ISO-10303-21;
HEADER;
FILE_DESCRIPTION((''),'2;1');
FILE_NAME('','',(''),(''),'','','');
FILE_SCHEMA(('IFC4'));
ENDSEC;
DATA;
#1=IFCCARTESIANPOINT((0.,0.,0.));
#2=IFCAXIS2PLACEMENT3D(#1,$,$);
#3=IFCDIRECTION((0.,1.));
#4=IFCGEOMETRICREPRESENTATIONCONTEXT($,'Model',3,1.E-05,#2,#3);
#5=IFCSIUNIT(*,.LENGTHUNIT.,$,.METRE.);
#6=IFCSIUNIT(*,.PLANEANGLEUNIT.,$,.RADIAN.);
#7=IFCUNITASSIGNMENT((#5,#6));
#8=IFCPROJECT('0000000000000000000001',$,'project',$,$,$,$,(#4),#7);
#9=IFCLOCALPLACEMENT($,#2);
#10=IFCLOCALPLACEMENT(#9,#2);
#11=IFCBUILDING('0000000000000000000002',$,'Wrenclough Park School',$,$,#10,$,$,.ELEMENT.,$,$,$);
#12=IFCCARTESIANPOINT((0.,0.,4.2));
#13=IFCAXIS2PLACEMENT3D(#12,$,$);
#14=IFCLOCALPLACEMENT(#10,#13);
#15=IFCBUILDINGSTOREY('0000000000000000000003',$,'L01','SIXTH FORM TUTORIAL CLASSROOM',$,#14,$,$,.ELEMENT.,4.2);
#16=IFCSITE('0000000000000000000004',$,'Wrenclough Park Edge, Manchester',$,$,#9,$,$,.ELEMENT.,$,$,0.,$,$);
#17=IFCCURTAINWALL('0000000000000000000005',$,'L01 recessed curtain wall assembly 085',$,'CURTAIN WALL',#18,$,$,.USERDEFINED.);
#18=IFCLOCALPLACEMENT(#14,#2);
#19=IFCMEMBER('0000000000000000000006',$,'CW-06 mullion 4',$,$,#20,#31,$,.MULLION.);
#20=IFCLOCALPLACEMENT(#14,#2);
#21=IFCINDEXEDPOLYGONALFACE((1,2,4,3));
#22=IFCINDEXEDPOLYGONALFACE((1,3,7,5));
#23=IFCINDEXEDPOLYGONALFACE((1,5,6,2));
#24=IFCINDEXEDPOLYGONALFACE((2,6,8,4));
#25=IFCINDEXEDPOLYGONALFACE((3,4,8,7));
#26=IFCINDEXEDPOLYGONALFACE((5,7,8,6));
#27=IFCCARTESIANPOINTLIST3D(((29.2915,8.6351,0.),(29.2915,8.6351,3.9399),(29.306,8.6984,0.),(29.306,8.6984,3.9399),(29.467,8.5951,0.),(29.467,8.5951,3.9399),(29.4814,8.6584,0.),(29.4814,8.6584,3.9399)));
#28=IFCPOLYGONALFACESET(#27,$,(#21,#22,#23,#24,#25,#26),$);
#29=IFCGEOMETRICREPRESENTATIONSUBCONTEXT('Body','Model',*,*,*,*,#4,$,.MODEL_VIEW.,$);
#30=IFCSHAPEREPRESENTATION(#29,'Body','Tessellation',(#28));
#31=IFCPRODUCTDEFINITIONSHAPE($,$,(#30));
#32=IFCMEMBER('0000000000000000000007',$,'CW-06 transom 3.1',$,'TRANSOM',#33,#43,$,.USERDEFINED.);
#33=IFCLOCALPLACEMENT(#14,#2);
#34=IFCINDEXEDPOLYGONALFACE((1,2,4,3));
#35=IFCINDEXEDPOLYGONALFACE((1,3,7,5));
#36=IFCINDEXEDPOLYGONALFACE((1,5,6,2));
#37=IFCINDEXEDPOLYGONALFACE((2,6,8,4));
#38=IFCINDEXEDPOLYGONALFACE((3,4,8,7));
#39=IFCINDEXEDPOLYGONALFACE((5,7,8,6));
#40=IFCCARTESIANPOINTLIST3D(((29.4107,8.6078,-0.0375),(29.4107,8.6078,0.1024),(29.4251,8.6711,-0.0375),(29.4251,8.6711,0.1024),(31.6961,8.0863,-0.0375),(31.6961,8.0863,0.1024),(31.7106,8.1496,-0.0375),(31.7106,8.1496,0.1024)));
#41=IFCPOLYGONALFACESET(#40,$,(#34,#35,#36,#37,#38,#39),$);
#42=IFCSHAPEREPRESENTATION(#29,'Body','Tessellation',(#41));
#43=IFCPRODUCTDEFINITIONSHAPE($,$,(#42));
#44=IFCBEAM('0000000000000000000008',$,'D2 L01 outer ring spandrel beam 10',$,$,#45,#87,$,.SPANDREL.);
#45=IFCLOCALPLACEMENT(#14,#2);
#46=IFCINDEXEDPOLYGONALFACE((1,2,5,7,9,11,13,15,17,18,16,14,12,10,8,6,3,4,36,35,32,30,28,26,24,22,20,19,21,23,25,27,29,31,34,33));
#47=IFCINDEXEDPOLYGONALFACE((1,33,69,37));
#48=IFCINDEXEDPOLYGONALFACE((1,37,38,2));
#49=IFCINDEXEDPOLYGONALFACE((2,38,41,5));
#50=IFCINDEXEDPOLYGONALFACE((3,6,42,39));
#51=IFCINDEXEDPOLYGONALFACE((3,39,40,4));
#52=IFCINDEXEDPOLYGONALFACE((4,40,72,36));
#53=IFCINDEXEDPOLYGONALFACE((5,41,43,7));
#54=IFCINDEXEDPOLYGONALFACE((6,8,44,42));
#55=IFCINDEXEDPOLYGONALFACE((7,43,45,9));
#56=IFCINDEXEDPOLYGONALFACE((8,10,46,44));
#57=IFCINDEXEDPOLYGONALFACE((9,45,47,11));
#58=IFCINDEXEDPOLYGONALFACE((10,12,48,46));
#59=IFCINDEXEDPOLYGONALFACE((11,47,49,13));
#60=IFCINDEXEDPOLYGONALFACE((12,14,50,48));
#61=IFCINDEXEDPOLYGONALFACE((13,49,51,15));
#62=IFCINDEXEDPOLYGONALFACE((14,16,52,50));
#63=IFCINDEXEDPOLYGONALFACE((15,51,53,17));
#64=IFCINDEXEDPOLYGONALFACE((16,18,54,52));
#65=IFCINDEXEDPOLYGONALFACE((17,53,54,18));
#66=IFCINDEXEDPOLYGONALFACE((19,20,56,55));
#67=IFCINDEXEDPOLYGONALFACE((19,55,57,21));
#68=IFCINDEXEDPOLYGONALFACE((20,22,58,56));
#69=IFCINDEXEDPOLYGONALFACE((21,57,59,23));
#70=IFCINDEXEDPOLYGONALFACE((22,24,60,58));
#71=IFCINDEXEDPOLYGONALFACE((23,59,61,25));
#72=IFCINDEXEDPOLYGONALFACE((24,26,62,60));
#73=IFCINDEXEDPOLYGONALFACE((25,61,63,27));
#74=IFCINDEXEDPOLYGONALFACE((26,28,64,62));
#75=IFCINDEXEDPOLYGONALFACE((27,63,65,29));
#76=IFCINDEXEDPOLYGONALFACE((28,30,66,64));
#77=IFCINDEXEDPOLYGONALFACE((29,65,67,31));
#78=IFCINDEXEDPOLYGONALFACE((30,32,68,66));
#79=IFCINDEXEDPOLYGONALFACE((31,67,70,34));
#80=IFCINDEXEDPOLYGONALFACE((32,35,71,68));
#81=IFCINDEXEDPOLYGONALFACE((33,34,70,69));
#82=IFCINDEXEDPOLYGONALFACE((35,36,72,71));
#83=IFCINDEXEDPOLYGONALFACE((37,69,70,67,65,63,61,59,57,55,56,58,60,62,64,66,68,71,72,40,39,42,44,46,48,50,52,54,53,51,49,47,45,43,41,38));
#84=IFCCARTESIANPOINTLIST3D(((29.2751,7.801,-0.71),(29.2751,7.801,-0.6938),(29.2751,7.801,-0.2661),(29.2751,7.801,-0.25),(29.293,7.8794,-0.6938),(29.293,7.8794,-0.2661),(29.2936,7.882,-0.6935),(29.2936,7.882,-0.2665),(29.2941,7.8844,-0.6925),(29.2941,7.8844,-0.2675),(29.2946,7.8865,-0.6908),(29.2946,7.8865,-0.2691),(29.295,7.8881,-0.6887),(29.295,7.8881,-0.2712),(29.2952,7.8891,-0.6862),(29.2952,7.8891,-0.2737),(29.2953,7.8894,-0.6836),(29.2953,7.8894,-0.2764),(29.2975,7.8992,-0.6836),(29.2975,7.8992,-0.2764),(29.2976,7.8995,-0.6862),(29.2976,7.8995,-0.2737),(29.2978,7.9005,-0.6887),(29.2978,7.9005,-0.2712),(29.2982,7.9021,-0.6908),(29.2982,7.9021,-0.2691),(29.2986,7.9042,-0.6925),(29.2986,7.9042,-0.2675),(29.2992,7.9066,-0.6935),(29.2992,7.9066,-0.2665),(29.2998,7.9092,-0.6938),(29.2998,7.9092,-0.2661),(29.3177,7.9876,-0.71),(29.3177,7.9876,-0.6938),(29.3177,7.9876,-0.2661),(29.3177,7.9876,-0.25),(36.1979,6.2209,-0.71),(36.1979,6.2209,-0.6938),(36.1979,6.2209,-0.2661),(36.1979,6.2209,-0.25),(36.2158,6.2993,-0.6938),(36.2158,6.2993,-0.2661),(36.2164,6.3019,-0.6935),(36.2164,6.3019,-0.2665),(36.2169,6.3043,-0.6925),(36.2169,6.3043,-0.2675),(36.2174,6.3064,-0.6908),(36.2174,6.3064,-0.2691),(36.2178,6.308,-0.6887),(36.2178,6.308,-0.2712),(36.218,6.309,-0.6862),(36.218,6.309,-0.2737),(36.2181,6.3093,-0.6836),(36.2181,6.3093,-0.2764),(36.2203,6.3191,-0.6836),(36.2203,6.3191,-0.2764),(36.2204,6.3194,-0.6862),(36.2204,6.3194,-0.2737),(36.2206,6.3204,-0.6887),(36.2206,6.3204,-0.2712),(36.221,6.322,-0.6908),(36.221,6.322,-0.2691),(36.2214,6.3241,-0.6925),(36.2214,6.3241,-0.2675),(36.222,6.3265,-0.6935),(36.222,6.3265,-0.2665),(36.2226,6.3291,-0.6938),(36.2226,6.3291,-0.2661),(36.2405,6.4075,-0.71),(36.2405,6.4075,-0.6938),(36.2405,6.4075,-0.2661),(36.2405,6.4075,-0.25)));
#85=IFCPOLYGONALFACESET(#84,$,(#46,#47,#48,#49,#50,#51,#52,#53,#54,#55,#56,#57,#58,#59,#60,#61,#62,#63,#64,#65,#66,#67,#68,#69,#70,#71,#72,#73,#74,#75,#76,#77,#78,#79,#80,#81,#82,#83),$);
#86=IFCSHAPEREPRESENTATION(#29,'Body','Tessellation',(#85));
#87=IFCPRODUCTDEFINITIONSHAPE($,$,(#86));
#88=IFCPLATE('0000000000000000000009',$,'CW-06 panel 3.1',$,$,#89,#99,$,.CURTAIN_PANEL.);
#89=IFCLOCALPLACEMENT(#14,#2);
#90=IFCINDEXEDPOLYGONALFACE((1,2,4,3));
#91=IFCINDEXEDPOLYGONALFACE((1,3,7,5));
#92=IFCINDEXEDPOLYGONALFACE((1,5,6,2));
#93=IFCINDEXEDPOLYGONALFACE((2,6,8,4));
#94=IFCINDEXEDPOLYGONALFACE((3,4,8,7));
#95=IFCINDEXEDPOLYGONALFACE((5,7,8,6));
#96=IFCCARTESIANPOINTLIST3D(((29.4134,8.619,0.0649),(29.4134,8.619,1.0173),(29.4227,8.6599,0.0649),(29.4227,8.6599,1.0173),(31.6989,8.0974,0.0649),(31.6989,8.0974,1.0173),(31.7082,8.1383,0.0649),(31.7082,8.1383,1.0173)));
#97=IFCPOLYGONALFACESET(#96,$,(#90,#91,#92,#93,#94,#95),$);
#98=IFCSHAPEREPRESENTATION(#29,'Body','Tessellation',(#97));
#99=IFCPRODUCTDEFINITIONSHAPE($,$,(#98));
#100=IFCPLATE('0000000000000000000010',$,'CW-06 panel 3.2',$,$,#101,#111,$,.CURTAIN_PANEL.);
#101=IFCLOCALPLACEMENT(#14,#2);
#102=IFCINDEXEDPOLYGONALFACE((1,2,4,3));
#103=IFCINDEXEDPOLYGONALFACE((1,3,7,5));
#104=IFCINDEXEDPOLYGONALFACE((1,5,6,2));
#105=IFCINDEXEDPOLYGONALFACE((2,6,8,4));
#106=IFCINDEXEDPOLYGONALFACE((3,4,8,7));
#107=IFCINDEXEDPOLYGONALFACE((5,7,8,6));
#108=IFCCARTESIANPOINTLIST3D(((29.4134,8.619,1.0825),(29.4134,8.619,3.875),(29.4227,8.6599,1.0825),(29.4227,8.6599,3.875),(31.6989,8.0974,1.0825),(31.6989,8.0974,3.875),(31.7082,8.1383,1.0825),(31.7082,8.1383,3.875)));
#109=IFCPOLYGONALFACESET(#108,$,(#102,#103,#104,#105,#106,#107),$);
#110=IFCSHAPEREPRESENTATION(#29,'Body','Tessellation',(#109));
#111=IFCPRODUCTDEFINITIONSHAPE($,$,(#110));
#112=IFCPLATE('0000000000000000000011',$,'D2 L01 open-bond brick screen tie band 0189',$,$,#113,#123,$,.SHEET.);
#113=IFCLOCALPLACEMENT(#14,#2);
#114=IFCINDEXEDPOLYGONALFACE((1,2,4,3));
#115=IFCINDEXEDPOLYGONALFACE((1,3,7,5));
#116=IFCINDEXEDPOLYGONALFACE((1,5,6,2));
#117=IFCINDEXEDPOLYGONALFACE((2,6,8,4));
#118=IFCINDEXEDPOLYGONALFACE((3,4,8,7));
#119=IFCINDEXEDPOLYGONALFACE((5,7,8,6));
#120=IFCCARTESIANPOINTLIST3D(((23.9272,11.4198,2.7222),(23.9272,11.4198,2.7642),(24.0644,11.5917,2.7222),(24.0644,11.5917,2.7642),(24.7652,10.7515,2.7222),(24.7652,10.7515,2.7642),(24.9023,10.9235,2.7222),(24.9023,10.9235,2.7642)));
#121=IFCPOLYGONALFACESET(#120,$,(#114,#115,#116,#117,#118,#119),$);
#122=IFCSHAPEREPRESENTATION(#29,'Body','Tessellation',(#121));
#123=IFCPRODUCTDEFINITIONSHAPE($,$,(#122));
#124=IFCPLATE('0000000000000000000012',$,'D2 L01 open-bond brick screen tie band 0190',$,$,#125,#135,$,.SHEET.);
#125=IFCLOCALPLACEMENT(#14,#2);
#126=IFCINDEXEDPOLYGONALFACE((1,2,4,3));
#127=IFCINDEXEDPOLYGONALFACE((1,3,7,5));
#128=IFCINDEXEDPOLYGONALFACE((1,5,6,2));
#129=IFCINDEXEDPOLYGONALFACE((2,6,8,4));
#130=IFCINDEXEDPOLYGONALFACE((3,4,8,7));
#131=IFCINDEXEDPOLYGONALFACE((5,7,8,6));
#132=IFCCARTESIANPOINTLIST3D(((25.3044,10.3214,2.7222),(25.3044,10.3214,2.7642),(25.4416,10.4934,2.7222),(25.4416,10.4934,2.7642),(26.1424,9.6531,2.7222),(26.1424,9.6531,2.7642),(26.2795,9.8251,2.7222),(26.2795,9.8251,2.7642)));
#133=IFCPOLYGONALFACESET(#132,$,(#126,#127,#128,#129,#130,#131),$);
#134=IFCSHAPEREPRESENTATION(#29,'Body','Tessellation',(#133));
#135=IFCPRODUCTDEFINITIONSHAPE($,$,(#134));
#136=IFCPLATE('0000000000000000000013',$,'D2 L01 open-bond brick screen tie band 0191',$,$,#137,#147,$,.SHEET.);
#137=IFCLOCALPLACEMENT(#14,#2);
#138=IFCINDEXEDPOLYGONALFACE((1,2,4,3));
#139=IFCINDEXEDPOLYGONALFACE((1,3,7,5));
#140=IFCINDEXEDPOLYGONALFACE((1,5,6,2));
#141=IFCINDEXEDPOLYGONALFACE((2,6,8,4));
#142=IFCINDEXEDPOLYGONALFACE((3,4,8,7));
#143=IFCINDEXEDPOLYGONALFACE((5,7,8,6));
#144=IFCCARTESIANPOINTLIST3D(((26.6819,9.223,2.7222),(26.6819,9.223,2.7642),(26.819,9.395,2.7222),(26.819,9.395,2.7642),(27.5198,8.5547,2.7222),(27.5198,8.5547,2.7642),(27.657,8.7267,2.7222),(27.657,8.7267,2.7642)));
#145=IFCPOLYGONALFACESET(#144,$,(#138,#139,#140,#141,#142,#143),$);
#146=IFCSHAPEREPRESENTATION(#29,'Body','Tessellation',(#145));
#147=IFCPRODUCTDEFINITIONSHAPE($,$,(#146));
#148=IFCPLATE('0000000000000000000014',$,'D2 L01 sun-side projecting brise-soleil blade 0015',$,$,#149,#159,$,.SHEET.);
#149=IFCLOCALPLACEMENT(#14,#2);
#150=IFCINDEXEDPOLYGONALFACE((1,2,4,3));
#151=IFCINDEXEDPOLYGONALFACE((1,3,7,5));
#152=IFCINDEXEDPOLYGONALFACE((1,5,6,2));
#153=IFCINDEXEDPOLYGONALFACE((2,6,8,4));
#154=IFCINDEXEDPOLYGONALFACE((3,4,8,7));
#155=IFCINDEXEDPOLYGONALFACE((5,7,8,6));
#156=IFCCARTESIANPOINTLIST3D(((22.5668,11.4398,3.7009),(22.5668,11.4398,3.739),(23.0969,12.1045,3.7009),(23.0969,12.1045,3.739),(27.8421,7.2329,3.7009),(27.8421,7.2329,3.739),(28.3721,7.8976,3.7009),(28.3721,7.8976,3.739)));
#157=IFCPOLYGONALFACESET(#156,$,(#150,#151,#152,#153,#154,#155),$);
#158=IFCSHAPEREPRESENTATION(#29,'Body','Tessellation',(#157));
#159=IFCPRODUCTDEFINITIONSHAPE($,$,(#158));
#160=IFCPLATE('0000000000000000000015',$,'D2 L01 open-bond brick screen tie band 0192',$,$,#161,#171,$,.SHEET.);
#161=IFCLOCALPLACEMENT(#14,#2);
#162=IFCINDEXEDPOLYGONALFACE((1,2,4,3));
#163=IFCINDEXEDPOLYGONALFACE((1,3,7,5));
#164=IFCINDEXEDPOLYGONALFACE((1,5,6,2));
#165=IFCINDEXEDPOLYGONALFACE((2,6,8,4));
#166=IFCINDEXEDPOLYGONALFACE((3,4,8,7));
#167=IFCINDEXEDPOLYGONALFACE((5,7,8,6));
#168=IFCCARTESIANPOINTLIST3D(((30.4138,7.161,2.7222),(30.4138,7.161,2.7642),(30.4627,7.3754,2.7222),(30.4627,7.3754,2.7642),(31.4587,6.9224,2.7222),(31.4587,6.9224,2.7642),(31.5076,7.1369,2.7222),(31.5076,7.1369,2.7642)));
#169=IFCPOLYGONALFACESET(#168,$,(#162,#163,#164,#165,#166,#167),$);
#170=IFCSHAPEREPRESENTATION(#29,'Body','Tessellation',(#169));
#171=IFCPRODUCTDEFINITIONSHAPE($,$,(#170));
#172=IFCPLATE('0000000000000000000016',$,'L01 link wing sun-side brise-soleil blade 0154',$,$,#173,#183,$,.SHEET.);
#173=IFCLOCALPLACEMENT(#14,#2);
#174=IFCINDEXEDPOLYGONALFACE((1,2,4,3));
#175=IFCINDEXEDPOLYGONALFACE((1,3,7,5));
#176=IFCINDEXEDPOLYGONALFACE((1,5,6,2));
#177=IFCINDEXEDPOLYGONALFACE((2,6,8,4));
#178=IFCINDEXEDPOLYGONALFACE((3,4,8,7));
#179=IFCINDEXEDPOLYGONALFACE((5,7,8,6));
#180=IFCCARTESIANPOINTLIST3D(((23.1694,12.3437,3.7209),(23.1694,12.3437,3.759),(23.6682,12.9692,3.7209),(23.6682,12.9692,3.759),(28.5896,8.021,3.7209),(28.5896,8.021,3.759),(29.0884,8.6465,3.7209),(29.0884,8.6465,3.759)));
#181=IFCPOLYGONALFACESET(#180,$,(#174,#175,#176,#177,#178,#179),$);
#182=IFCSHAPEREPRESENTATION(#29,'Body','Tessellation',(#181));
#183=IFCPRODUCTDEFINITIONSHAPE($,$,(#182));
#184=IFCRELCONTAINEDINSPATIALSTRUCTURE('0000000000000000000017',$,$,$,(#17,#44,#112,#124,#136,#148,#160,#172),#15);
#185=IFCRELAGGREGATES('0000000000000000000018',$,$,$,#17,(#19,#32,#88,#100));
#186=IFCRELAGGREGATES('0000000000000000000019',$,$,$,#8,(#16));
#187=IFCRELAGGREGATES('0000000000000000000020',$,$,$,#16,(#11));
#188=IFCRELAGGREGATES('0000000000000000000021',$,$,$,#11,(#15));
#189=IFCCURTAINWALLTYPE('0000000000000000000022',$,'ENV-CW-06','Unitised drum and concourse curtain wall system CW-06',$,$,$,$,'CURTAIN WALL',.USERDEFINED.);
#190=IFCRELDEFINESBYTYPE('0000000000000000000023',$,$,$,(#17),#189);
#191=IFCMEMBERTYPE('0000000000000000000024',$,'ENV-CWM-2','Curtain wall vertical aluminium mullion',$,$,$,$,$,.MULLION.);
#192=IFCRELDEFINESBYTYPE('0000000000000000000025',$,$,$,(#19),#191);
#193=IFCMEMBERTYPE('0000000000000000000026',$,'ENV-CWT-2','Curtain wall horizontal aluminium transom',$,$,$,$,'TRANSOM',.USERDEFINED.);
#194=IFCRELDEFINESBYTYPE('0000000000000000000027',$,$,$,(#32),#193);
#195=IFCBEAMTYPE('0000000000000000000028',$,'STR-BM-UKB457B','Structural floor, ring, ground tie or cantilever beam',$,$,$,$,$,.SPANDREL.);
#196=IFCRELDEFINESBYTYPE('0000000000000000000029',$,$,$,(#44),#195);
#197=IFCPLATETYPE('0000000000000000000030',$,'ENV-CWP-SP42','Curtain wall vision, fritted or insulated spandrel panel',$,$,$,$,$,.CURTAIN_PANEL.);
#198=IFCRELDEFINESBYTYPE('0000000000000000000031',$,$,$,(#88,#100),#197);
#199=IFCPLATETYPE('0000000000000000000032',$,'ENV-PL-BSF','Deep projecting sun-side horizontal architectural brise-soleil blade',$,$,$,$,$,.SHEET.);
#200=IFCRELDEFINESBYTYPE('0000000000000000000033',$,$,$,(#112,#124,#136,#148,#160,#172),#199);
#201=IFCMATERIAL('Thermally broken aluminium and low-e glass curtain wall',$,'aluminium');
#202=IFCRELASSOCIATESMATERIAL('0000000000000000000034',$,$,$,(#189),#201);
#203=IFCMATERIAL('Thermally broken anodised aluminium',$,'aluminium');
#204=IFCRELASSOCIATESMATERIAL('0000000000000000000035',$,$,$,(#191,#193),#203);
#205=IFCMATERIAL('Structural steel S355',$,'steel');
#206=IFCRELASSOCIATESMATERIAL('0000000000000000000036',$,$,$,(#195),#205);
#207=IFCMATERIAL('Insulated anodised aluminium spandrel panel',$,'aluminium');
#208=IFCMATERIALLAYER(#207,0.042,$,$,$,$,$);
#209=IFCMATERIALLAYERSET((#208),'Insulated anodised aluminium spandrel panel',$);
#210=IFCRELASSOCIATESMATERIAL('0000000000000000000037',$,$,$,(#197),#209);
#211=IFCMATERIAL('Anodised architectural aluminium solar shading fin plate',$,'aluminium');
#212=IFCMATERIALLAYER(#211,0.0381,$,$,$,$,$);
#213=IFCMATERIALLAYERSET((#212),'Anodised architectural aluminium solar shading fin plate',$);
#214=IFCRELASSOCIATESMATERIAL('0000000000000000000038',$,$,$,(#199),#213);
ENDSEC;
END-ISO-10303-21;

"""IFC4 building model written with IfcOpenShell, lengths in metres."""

from ifc_helpers import new_model, si_unit, direction, frame, origin, origin_2d, place, context, subcontext, project, spatial, rectangle, i_section, extrude, material, layer, layer_set, material_profile, profile_set, type_object, element, aggregate, save


model = new_model("IFC4")

# Units and contexts
model_context = context("Model", 3, precision=1e-05, world=origin(), true_north=direction((0.0, 1.0)))
body_context = subcontext(model_context, "Body", "Model", "MODEL_VIEW")
ifc_project = project(units=[si_unit("LENGTHUNIT", "METRE"), si_unit("PLANEANGLEUNIT", "RADIAN")], contexts=[model_context])

# Site, building, storey
site_placement = place(None, origin())
site = spatial("IfcSite", under=ifc_project, at=site_placement, Name="Wrenclough Park Edge, Manchester", CompositionType="ELEMENT", RefElevation=0.0)
building_placement = place(site_placement, origin())
building = spatial("IfcBuilding", under=site, at=building_placement, Name="Wrenclough Park School", CompositionType="ELEMENT")
storey_placement = place(building_placement, frame((0.0, 0.0, 4.2)))
storey = spatial("IfcBuildingStorey", under=building, at=storey_placement, Name="L01", Description="SIXTH FORM TUTORIAL CLASSROOM", CompositionType="ELEMENT", Elevation=4.2)

# Curtain wall, members
ifc_material_1 = material(Name="Thermally broken aluminium and low-e glass curtain wall", Category="aluminium")
curtain_wall_type = type_object("IfcCurtainWallType", Name="ENV-CW-06", Description="Unitised drum and concourse curtain wall system CW-06", ElementType="CURTAIN WALL", PredefinedType="USERDEFINED", material=ifc_material_1)
curtain_wall_placement = place(storey_placement, origin())
curtain_wall = element("IfcCurtainWall", 1, at=curtain_wall_placement, inside=storey, type_object=curtain_wall_type, Name="L01 recessed curtain wall assembly 085", ObjectType="CURTAIN WALL", PredefinedType="USERDEFINED")
ifc_material_2 = material(Name="Thermally broken anodised aluminium", Category="aluminium")
ifc_material_profile_1 = material_profile(ifc_material_2, rectangle(XDim=0.0649, YDim=0.1799, at=origin_2d()), Name="AL MULLION 65x180")
ifc_profile_set_1 = profile_set([ifc_material_profile_1], Name="Thermally broken anodised aluminium")
member_type_1 = type_object("IfcMemberType", Name="ENV-CWM-2", Description="Curtain wall vertical aluminium mullion", PredefinedType="MULLION", material=ifc_profile_set_1)
member_1_placement = place(storey_placement, frame((29.3865, 8.6467, 0.0), z_axis=(0.0, 0.0, 1.0), x_axis=(-0.222511, -0.97493, 0.0)))
member_1 = element("IfcMember", 2, at=member_1_placement, type_object=member_type_1, Name="CW-06 mullion 4", PredefinedType="MULLION", context=body_context, shape_type="SweptSolid", body=[
    extrude(rectangle(XDim=0.0649, YDim=0.1799, at=origin_2d()), origin(), (0.0, 0.0, 1.0), 3.9399),
])
ifc_material_profile_2 = material_profile(ifc_material_2, rectangle(XDim=0.0649, YDim=0.1399, at=origin_2d()), Name="AL TRANSOM 65x140")
ifc_profile_set_2 = profile_set([ifc_material_profile_2], Name="Thermally broken anodised aluminium")
member_type_2 = type_object("IfcMemberType", Name="ENV-CWT-2", Description="Curtain wall horizontal aluminium transom", ElementType="TRANSOM", PredefinedType="USERDEFINED", material=ifc_profile_set_2)
member_2_placement = place(storey_placement, frame((31.7034, 8.1179, 0.0325), z_axis=(-0.974941, 0.222463, 0.0), x_axis=(-0.222463, -0.974941, 0.0)))
member_2 = element("IfcMember", 3, at=member_2_placement, type_object=member_type_2, Name="CW-06 transom 3.1", ObjectType="TRANSOM", PredefinedType="USERDEFINED", context=body_context, shape_type="SweptSolid", body=[
    extrude(rectangle(XDim=0.0649, YDim=0.1399, at=origin_2d()), origin(), (0.0, 0.0, 1.0), 2.3442),
])

# Beam
ifc_material_3 = material(Name="Structural steel S355", Category="steel")
ifc_material_profile_3 = material_profile(ifc_material_3, i_section(OverallWidth=0.1914, OverallDepth=0.46, WebThickness=0.01, FlangeThickness=0.0161, FilletRadius=0.0103, at=origin_2d()), Name="UKB 457x191x82")
ifc_profile_set_3 = profile_set([ifc_material_profile_3], Name="Structural steel S355")
beam_type = type_object("IfcBeamType", Name="STR-BM-UKB457B", Description="Structural floor, ring, ground tie or cantilever beam", PredefinedType="SPANDREL", material=ifc_profile_set_3)
beam_placement = place(storey_placement, frame((29.2964, 7.8943, -0.48), z_axis=(0.974928, -0.222519, 0.0), x_axis=(0.222519, 0.974928, 0.0)))
element("IfcBeam", 4, at=beam_placement, inside=storey, type_object=beam_type, Name="D2 L01 outer ring spandrel beam 10", PredefinedType="SPANDREL", context=body_context, shape_type="SweptSolid", body=[
    extrude(i_section(OverallWidth=0.1914, OverallDepth=0.46, WebThickness=0.01, FlangeThickness=0.0161, FilletRadius=0.0103, at=origin_2d()), origin(), (0.0, 0.0, 1.0), 7.1008),
])

# Plates
ifc_material_4 = material(Name="Insulated anodised aluminium spandrel panel", Category="aluminium")
ifc_layer_1 = layer(ifc_material_4, 0.042)
ifc_layer_set_1 = layer_set([ifc_layer_1], Name="Insulated anodised aluminium spandrel panel")
plate_type_1 = type_object("IfcPlateType", Name="ENV-CWP-SP42", Description="Curtain wall vision, fritted or insulated spandrel panel", PredefinedType="CURTAIN_PANEL", material=ifc_layer_set_1)
plate_1_placement = place(storey_placement, frame((30.5608, 8.3787, 0.0649), z_axis=(0.0, 0.0, 1.0), x_axis=(-0.97493, 0.222511, 0.0)))
plate_1 = element("IfcPlate", 5, at=plate_1_placement, type_object=plate_type_1, Name="CW-06 panel 3.1", PredefinedType="CURTAIN_PANEL", context=body_context, shape_type="SweptSolid", body=[
    extrude(rectangle(XDim=2.3442, YDim=0.042, at=origin_2d()), origin(), (0.0, 0.0, 1.0), 0.9524),
])
plate_2_placement = place(storey_placement, frame((30.5608, 8.3787, 1.0825), z_axis=(0.0, 0.0, 1.0), x_axis=(-0.97493, 0.222511, 0.0)))
plate_2 = element("IfcPlate", 6, at=plate_2_placement, type_object=plate_type_1, Name="CW-06 panel 3.2", PredefinedType="CURTAIN_PANEL", context=body_context, shape_type="SweptSolid", body=[
    extrude(rectangle(XDim=2.3442, YDim=0.042, at=origin_2d()), origin(), (0.0, 0.0, 1.0), 2.7925),
])
aggregate(curtain_wall, [member_1, member_2, plate_1, plate_2])

# Plates
ifc_material_5 = material(Name="Anodised architectural aluminium solar shading fin plate", Category="aluminium")
ifc_layer_2 = layer(ifc_material_5, 0.0381)
ifc_layer_set_2 = layer_set([ifc_layer_2], Name="Anodised architectural aluminium solar shading fin plate")
plate_type_2 = type_object("IfcPlateType", Name="ENV-PL-BSF", Description="Deep projecting sun-side horizontal architectural brise-soleil blade", PredefinedType="SHEET", material=ifc_layer_set_2)
for number, where, z_axis, x_axis, name in (
    (7, (24.4148, 11.1716, 2.7222), (0.0, 0.0, 1.0), (0.781827, -0.623495, 0.0), "D2 L01 open-bond brick screen tie band 0189"),
    (8, (25.792, 10.0732, 2.7222), (0.0, 0.0, 1.0), (0.781827, -0.623495, 0.0), "D2 L01 open-bond brick screen tie band 0190"),
    (9, (27.1694, 8.9749, 2.7222), (0.0, 0.0, 1.0), (0.781827, -0.623495, 0.0), "D2 L01 open-bond brick screen tie band 0191"),
):
    element("IfcPlate", number, at=place(storey_placement, frame(where, z_axis=z_axis, x_axis=x_axis)), inside=storey, type_object=plate_type_2, Name=name, PredefinedType="SHEET", context=body_context, shape_type="SweptSolid", body=[
        extrude(rectangle(XDim=1.0718, YDim=0.22, at=origin_2d()), origin(), (0.0, 0.0, 1.0), 0.042),
    ])
plate_3_placement = place(storey_placement, frame((25.4695, 9.6687, 3.7009), z_axis=(0.0, 0.0, 1.0), x_axis=(0.781827, -0.623495, 0.0)))
element("IfcPlate", 10, at=plate_3_placement, inside=storey, type_object=plate_type_2, Name="D2 L01 sun-side projecting brise-soleil blade 0015", PredefinedType="SHEET", context=body_context, shape_type="SweptSolid", body=[
    extrude(rectangle(XDim=6.7473, YDim=0.8501, at=origin_2d()), origin(), (0.0, 0.0, 1.0), 0.0381),
])
plate_4_placement = place(storey_placement, frame((30.9607, 7.1489, 2.7222), z_axis=(0.0, 0.0, 1.0), x_axis=(0.974925, -0.222535, 0.0)))
element("IfcPlate", 11, at=plate_4_placement, inside=storey, type_object=plate_type_2, Name="D2 L01 open-bond brick screen tie band 0192", PredefinedType="SHEET", context=body_context, shape_type="SweptSolid", body=[
    extrude(rectangle(XDim=1.0718, YDim=0.22, at=origin_2d()), origin(), (0.0, 0.0, 1.0), 0.042),
])
plate_5_placement = place(storey_placement, frame((26.1289, 10.4951, 3.7209), z_axis=(0.0, 0.0, 1.0), x_axis=(-0.781821, 0.623504, 0.0)))
element("IfcPlate", 12, at=plate_5_placement, inside=storey, type_object=plate_type_2, Name="L01 link wing sun-side brise-soleil blade 0154", PredefinedType="SHEET", context=body_context, shape_type="SweptSolid", body=[
    extrude(rectangle(XDim=6.9329, YDim=0.8, at=origin_2d()), origin(), (0.0, 0.0, 1.0), 0.0381),
])

save(model, "model.ifc")
